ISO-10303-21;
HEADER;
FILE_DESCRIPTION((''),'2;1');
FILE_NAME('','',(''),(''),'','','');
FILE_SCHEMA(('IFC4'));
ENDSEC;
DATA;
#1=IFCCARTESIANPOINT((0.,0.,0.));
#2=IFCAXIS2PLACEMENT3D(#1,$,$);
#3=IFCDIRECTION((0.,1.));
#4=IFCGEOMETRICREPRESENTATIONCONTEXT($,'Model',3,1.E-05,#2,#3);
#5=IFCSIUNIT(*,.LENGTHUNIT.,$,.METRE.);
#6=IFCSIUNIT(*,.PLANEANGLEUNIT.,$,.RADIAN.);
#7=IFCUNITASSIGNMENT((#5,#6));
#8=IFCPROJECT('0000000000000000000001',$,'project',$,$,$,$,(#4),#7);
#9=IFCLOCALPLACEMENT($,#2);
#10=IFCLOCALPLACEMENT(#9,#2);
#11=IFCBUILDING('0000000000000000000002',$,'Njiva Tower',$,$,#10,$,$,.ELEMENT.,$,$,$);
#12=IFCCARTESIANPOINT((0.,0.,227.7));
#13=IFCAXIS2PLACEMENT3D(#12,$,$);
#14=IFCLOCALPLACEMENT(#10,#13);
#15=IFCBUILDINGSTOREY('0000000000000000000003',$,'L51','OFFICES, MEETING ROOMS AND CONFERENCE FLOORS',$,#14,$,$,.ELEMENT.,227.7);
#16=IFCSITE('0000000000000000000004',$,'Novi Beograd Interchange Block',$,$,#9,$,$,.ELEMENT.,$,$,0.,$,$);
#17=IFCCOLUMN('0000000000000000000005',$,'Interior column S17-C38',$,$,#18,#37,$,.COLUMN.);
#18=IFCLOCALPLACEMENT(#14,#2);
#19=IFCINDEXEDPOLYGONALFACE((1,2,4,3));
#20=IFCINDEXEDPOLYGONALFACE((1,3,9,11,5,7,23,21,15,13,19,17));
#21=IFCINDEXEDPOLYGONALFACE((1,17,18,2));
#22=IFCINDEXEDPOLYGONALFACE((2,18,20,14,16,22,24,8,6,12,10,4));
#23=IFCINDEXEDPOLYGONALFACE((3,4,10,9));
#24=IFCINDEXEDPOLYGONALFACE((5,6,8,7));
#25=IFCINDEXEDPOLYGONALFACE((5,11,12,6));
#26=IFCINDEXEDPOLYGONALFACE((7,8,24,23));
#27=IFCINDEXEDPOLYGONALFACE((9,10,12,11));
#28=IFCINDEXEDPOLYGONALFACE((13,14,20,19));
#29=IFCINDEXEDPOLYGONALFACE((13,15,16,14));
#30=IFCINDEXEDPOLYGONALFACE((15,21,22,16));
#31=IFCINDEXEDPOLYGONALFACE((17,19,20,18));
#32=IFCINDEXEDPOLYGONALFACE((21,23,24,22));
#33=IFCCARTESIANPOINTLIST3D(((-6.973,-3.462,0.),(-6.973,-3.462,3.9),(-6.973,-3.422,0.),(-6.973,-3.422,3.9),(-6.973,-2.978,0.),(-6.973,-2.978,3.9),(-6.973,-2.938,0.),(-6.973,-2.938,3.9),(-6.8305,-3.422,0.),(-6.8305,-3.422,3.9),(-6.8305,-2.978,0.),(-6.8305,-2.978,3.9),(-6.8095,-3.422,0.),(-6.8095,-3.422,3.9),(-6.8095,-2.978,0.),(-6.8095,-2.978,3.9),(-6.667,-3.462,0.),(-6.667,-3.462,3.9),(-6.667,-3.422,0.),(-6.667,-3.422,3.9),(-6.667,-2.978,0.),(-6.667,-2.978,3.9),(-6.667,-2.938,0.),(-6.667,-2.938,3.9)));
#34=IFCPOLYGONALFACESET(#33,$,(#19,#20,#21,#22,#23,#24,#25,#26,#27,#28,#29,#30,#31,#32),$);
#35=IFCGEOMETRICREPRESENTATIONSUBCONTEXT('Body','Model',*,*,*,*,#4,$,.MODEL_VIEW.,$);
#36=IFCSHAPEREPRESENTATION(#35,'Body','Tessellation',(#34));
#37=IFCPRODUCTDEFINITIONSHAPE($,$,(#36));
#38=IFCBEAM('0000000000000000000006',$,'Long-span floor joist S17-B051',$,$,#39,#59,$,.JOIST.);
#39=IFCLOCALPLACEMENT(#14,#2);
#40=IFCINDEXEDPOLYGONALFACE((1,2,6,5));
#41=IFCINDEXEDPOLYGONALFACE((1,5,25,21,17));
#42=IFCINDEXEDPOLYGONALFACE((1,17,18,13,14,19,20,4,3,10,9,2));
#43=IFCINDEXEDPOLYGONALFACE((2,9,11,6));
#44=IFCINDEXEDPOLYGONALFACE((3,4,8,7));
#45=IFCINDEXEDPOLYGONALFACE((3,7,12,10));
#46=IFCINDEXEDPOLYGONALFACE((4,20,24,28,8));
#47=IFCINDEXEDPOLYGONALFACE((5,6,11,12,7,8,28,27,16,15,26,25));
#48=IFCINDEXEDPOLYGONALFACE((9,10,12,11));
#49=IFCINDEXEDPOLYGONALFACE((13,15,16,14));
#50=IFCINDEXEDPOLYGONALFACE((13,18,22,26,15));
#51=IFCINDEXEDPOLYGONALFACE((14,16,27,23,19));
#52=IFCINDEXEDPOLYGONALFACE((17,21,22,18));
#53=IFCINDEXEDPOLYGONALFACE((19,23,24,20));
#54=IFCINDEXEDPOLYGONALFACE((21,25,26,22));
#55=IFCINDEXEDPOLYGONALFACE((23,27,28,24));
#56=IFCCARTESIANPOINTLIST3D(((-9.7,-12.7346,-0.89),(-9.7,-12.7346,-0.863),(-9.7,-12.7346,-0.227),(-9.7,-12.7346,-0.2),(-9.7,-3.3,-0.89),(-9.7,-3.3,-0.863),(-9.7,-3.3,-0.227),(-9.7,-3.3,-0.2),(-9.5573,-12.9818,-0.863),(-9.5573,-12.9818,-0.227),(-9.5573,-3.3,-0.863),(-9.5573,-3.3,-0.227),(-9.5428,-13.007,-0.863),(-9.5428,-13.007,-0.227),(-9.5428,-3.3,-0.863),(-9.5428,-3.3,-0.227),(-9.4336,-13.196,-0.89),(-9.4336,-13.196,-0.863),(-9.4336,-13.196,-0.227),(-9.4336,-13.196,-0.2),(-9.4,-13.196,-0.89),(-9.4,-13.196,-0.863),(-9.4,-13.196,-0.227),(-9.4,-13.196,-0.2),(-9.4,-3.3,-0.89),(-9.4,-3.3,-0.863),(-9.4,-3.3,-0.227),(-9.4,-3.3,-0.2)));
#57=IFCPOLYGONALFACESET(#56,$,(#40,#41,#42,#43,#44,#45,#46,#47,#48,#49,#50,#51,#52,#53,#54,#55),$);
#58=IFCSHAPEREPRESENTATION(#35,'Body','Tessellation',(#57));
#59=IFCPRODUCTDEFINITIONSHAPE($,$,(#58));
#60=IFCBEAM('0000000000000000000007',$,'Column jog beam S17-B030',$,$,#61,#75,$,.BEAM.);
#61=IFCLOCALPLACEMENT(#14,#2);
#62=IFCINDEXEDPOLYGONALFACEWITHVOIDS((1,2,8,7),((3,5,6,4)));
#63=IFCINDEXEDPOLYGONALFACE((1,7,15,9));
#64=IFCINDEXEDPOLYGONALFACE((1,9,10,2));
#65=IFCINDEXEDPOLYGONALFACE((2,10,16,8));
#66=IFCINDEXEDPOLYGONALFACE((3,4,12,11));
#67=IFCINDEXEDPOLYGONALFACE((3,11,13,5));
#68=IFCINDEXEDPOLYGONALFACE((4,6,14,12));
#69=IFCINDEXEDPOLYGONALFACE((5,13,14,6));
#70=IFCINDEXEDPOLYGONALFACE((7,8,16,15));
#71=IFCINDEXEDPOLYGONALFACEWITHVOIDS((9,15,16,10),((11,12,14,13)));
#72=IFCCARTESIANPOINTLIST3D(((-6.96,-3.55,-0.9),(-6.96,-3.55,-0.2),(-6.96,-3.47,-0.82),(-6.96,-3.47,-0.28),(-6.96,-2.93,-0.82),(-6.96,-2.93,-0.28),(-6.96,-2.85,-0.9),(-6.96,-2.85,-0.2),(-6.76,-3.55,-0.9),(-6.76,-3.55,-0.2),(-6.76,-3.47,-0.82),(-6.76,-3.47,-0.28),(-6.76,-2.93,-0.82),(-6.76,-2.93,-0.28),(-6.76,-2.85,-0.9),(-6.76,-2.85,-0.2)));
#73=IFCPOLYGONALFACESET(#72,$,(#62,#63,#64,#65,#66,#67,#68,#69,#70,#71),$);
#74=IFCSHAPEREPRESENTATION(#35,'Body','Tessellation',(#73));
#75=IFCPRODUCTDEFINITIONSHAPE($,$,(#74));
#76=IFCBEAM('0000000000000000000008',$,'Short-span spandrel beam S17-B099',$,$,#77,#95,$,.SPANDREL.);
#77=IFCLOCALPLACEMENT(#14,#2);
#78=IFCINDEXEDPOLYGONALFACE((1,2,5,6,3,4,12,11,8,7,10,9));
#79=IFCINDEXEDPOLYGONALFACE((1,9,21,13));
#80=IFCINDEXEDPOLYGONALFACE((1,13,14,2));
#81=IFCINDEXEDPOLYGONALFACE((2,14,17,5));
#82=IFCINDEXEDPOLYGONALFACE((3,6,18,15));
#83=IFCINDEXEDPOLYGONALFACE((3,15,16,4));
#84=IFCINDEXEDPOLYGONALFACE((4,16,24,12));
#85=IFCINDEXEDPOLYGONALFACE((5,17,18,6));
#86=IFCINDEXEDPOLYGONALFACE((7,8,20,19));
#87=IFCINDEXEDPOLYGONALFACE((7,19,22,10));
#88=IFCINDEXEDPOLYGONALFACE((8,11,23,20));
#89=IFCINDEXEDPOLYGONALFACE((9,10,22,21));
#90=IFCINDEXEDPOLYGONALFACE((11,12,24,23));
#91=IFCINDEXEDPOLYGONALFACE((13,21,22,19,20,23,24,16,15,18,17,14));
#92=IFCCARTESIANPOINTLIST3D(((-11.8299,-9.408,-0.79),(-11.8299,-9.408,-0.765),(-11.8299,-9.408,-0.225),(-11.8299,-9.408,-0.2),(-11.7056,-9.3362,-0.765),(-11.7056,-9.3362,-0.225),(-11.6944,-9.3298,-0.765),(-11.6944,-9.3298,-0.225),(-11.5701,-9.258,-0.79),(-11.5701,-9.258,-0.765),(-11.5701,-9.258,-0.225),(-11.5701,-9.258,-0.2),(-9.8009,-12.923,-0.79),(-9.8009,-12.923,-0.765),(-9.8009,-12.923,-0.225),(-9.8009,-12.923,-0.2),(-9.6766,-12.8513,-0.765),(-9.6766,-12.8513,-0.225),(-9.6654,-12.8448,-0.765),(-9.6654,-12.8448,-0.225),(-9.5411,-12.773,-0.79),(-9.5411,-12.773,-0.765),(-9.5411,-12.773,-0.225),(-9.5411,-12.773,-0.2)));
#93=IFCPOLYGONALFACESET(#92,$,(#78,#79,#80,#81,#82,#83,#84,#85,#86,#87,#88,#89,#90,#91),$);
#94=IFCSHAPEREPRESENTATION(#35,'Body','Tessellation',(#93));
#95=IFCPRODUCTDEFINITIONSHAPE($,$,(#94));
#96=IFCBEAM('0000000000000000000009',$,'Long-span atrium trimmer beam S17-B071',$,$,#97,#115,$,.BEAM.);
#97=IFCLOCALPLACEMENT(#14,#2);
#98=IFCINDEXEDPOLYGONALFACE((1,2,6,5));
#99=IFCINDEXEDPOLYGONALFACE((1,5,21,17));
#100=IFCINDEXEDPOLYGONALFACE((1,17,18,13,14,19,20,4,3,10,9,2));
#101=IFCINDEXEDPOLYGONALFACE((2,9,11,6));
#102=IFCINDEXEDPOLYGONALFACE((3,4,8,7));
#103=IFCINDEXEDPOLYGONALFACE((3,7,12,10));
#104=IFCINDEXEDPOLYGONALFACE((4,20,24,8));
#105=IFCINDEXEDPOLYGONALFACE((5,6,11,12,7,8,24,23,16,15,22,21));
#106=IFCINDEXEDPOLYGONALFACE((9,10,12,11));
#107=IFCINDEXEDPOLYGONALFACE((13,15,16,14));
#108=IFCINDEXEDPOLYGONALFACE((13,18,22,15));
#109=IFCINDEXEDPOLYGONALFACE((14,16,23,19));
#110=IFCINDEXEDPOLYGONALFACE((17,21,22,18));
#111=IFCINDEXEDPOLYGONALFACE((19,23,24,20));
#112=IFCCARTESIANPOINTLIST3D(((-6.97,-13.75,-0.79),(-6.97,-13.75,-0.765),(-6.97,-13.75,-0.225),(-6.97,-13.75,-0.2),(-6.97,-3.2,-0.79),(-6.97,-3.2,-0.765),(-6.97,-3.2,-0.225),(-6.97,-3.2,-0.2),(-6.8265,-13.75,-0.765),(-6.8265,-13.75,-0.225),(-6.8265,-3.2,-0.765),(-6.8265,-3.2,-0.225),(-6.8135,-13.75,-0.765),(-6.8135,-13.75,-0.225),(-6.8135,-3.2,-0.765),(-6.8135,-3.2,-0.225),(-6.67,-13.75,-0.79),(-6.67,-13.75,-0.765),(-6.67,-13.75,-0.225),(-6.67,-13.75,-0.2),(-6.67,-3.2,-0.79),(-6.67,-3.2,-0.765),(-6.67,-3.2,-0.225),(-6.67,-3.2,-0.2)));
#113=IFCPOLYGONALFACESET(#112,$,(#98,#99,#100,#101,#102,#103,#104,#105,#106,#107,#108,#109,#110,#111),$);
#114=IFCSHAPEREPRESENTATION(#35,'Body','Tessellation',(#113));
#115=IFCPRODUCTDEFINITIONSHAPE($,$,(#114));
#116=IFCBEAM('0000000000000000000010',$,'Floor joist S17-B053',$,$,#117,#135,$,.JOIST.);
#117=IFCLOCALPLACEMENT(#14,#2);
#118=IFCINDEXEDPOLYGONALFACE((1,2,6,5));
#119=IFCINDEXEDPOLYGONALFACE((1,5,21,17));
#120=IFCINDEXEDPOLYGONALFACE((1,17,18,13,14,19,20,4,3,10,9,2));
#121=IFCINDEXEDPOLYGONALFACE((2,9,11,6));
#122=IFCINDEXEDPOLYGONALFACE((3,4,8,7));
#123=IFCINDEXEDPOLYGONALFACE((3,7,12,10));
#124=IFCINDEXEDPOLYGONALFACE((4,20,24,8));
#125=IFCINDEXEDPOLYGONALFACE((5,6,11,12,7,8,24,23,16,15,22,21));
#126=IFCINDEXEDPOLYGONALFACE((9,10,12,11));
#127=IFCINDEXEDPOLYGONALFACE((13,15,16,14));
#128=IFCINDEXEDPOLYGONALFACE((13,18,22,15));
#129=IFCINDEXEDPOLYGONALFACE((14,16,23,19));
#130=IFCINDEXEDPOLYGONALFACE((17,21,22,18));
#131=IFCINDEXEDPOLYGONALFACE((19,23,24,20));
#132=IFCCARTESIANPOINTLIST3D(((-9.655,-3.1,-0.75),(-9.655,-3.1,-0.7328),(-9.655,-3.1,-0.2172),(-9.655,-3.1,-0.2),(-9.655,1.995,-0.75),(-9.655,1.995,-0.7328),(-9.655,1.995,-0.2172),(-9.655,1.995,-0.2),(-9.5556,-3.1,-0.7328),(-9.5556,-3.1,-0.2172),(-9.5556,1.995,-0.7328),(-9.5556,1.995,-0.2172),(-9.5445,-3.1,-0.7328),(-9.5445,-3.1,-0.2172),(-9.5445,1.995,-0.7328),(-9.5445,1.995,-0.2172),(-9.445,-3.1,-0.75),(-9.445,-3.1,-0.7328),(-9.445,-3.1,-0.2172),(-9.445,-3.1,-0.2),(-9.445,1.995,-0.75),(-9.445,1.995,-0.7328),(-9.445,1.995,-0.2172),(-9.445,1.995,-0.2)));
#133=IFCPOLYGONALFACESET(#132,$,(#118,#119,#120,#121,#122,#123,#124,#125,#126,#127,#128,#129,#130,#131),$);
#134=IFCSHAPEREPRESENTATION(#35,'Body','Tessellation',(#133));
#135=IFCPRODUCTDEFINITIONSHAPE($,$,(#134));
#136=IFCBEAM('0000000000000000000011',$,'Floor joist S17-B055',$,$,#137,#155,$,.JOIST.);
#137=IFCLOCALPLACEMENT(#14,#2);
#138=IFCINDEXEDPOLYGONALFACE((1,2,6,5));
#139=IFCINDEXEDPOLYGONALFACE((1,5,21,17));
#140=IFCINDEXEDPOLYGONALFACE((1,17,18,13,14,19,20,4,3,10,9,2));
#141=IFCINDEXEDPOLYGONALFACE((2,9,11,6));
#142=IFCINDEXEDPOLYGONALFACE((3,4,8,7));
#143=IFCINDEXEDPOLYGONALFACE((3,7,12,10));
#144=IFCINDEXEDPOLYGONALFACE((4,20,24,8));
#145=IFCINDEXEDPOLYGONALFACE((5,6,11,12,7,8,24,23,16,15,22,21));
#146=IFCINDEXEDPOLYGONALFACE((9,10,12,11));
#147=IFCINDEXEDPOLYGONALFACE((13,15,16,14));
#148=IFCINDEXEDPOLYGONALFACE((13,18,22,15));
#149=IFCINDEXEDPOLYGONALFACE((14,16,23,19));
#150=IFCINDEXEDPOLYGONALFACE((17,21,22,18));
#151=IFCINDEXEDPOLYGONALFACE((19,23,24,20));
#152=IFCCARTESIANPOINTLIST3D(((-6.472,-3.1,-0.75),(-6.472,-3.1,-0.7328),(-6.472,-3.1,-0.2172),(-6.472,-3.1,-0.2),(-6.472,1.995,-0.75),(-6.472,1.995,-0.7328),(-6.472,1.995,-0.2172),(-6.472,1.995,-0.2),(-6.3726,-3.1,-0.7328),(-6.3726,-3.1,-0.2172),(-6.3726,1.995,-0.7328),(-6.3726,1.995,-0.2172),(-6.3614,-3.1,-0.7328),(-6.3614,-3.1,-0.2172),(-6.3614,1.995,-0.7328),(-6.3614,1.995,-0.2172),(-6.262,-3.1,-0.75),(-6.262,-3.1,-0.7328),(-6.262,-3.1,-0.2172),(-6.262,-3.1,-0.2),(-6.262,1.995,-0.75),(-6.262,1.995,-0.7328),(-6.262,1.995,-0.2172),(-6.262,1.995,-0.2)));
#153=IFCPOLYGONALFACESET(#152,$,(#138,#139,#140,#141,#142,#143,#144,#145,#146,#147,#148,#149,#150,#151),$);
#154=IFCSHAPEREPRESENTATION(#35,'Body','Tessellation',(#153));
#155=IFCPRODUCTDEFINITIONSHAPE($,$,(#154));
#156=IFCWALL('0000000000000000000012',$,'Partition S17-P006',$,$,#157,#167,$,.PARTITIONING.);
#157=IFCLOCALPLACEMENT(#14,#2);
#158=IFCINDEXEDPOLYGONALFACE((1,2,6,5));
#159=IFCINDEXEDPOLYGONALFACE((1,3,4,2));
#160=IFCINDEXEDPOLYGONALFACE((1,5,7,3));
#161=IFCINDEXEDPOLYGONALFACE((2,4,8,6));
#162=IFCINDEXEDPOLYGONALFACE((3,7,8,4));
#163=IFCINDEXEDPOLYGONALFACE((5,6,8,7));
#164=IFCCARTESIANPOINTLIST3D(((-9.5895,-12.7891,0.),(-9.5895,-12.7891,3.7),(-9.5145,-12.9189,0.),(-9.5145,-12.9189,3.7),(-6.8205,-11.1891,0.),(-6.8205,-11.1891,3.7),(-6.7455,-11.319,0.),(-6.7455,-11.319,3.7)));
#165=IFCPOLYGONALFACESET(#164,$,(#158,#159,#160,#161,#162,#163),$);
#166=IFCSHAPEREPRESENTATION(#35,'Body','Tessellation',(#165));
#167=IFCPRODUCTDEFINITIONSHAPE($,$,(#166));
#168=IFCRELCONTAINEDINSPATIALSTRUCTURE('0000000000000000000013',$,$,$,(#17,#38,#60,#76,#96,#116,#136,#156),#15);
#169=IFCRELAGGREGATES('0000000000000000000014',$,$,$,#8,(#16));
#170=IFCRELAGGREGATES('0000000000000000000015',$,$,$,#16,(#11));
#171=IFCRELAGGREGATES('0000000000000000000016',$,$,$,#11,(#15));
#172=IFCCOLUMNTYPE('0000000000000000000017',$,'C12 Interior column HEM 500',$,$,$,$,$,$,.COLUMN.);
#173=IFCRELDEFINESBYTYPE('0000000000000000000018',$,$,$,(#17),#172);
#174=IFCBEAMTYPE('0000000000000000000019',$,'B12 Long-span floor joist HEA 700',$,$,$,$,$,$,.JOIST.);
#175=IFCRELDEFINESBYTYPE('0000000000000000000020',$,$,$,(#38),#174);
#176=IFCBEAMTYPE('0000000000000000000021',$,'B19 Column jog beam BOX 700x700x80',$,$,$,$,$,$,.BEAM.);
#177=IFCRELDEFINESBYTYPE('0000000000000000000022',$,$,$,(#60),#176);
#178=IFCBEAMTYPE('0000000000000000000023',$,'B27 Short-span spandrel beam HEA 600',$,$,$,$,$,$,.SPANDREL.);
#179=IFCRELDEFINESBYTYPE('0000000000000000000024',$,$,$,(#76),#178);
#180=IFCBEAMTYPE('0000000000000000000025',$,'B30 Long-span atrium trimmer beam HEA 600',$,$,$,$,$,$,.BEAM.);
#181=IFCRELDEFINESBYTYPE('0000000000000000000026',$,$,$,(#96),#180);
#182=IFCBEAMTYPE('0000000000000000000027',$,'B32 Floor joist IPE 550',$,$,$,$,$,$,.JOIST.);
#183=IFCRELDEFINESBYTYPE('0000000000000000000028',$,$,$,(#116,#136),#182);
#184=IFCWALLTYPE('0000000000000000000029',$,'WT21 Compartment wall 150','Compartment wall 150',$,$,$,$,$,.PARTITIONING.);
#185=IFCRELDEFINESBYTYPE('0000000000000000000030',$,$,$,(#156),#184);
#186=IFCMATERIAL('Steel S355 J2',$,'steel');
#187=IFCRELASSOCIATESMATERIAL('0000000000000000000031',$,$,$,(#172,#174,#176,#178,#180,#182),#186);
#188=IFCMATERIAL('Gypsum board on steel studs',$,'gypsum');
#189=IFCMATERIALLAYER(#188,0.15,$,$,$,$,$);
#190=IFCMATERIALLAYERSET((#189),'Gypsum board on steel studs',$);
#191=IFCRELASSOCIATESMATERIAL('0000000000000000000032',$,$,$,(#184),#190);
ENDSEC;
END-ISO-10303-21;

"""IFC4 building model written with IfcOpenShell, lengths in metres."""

from ifc_helpers import new_model, si_unit, direction, frame, frame_2d, origin, origin_2d, place, context, subcontext, project, spatial, rectangle, hollow_rectangle, i_section, extrude, clip, halfspace, material, layer, layer_set, material_profile, profile_set, type_object, element, save


model = new_model("IFC4")

# Units and contexts
model_context = context("Model", 3, precision=1e-05, world=origin(), true_north=direction((0.0, 1.0)))
body_context = subcontext(model_context, "Body", "Model", "MODEL_VIEW")
ifc_project = project(units=[si_unit("LENGTHUNIT", "METRE"), si_unit("PLANEANGLEUNIT", "RADIAN")], contexts=[model_context])

# Site, building, storey
site_placement = place(None, origin())
site = spatial("IfcSite", under=ifc_project, at=site_placement, Name="Novi Beograd Interchange Block", CompositionType="ELEMENT", RefElevation=0.0)
building_placement = place(site_placement, origin())
building = spatial("IfcBuilding", under=site, at=building_placement, Name="Njiva Tower", CompositionType="ELEMENT")
storey_placement = place(building_placement, frame((0.0, 0.0, 227.7)))
storey = spatial("IfcBuildingStorey", under=building, at=storey_placement, Name="L51", Description="OFFICES, MEETING ROOMS AND CONFERENCE FLOORS", CompositionType="ELEMENT", Elevation=227.7)

# Column
ifc_material_1 = material(Name="Steel S355 J2", Category="steel")
ifc_material_profile_1 = material_profile(ifc_material_1, i_section(OverallWidth=0.306, OverallDepth=0.524, WebThickness=0.021, FlangeThickness=0.04, at=origin_2d()), Name="HEM 500")
ifc_profile_set_1 = profile_set([ifc_material_profile_1], Name="Steel S355 J2")
column_type = type_object("IfcColumnType", Name="C12 Interior column HEM 500", PredefinedType="COLUMN", material=ifc_profile_set_1)
column_placement = place(storey_placement, frame((-6.82, -3.2, 0.0), z_axis=(0.0, 0.0, 1.0), x_axis=(1.0, 0.0, 0.0)))
element("IfcColumn", 1, at=column_placement, inside=storey, type_object=column_type, Name="Interior column S17-C38", PredefinedType="COLUMN", context=body_context, shape_type="SweptSolid", body=[
    extrude(i_section(OverallWidth=0.306, OverallDepth=0.524, WebThickness=0.021, FlangeThickness=0.04, at=origin_2d()), origin(), (0.0, 0.0, 1.0), 3.9),
])

# Beams
ifc_material_profile_2 = material_profile(ifc_material_1, i_section(OverallWidth=0.3, OverallDepth=0.69, WebThickness=0.0145, FlangeThickness=0.027, at=origin_2d()), Name="HEA 700")
ifc_profile_set_2 = profile_set([ifc_material_profile_2], Name="Steel S355 J2")
beam_type_1 = type_object("IfcBeamType", Name="B12 Long-span floor joist HEA 700", PredefinedType="JOIST", material=ifc_profile_set_2)
beam_1_placement = place(storey_placement, frame((-9.55, -3.3, -0.545), z_axis=(0.0, -1.0, 0.0), x_axis=(1.0, 0.0, 0.0)))
element("IfcBeam", 2, at=beam_1_placement, inside=storey, type_object=beam_type_1, Name="Long-span floor joist S17-B051", PredefinedType="JOIST", context=body_context, shape_type="Clipping", body=[
    clip(extrude(i_section(OverallWidth=0.3, OverallDepth=0.69, WebThickness=0.0145, FlangeThickness=0.027, at=origin_2d()), origin(), (0.0, 0.0, 1.0), 9.896), halfspace(frame((-0.0433, 0.0, 9.6194), z_axis=(-0.866027, 0.0, 0.499998), x_axis=(0.0, 1.0, 0.0)), False)),
])
ifc_material_profile_3 = material_profile(ifc_material_1, hollow_rectangle(XDim=0.7, YDim=0.7, WallThickness=0.08, at=origin_2d()), Name="BOX 700x700x80")
ifc_profile_set_3 = profile_set([ifc_material_profile_3], Name="Steel S355 J2")
beam_type_2 = type_object("IfcBeamType", Name="B19 Column jog beam BOX 700x700x80", PredefinedType="BEAM", material=ifc_profile_set_3)
beam_2_placement = place(storey_placement, frame((-6.96, -3.2, -0.55), z_axis=(1.0, 0.0, 0.0), x_axis=(0.0, 1.0, 0.0)))
element("IfcBeam", 3, at=beam_2_placement, inside=storey, type_object=beam_type_2, Name="Column jog beam S17-B030", PredefinedType="BEAM", context=body_context, shape_type="SweptSolid", body=[
    extrude(hollow_rectangle(XDim=0.7, YDim=0.7, WallThickness=0.08, at=origin_2d()), origin(), (0.0, 0.0, 1.0), 0.2),
])
ifc_material_profile_4 = material_profile(ifc_material_1, i_section(OverallWidth=0.3, OverallDepth=0.59, WebThickness=0.013, FlangeThickness=0.025, at=origin_2d()), Name="HEA 600")
ifc_profile_set_4 = profile_set([ifc_material_profile_4], Name="Steel S355 J2")
beam_type_3 = type_object("IfcBeamType", Name="B27 Short-span spandrel beam HEA 600", PredefinedType="SPANDREL", material=ifc_profile_set_4)
beam_3_placement = place(storey_placement, frame((-11.7, -9.333, -0.495), z_axis=(0.499929, -0.866067, 0.0), x_axis=(0.866067, 0.499929, 0.0)))
element("IfcBeam", 4, at=beam_3_placement, inside=storey, type_object=beam_type_3, Name="Short-span spandrel beam S17-B099", PredefinedType="SPANDREL", context=body_context, shape_type="SweptSolid", body=[
    extrude(i_section(OverallWidth=0.3, OverallDepth=0.59, WebThickness=0.013, FlangeThickness=0.025, at=origin_2d()), origin(), (0.0, 0.0, 1.0), 4.0586),
])
ifc_material_profile_5 = material_profile(ifc_material_1, i_section(OverallWidth=0.3, OverallDepth=0.59, WebThickness=0.013, FlangeThickness=0.025, at=origin_2d()), Name="HEA 600")
ifc_profile_set_5 = profile_set([ifc_material_profile_5], Name="Steel S355 J2")
beam_type_4 = type_object("IfcBeamType", Name="B30 Long-span atrium trimmer beam HEA 600", PredefinedType="BEAM", material=ifc_profile_set_5)
beam_4_placement = place(storey_placement, frame((-6.82, -3.2, -0.495), z_axis=(0.0, -1.0, 0.0), x_axis=(1.0, 0.0, 0.0)))
element("IfcBeam", 5, at=beam_4_placement, inside=storey, type_object=beam_type_4, Name="Long-span atrium trimmer beam S17-B071", PredefinedType="BEAM", context=body_context, shape_type="SweptSolid", body=[
    extrude(i_section(OverallWidth=0.3, OverallDepth=0.59, WebThickness=0.013, FlangeThickness=0.025, at=origin_2d()), origin(), (0.0, 0.0, 1.0), 10.55),
])
ifc_material_profile_6 = material_profile(ifc_material_1, i_section(OverallWidth=0.21, OverallDepth=0.55, WebThickness=0.0111, FlangeThickness=0.0172, at=origin_2d()), Name="IPE 550")
ifc_profile_set_6 = profile_set([ifc_material_profile_6], Name="Steel S355 J2")
beam_type_5 = type_object("IfcBeamType", Name="B32 Floor joist IPE 550", PredefinedType="JOIST", material=ifc_profile_set_6)
for number, where, z_axis, x_axis, name in (
    (6, (-9.55, 1.995, -0.475), (0.0, -1.0, 0.0), (1.0, 0.0, 0.0), "Floor joist S17-B053"),
    (7, (-6.367, 1.995, -0.475), (0.0, -1.0, 0.0), (1.0, 0.0, 0.0), "Floor joist S17-B055"),
):
    element("IfcBeam", number, at=place(storey_placement, frame(where, z_axis=z_axis, x_axis=x_axis)), inside=storey, type_object=beam_type_5, Name=name, PredefinedType="JOIST", context=body_context, shape_type="SweptSolid", body=[
        extrude(i_section(OverallWidth=0.21, OverallDepth=0.55, WebThickness=0.0111, FlangeThickness=0.0172, at=origin_2d()), origin(), (0.0, 0.0, 1.0), 5.095),
    ])

# Wall
ifc_material_2 = material(Name="Gypsum board on steel studs", Category="gypsum")
ifc_layer_1 = layer(ifc_material_2, 0.15)
ifc_layer_set_1 = layer_set([ifc_layer_1], Name="Gypsum board on steel studs")
wall_type_1 = type_object("IfcWallType", Name="WT21 Compartment wall 150", Description="Compartment wall 150", PredefinedType="PARTITIONING", material=ifc_layer_set_1)
wall_1_placement = place(storey_placement, frame((-9.552, -12.854, 0.0), z_axis=(0.0, 0.0, 1.0), x_axis=(0.865847, 0.500309, 0.0)))
element("IfcWall", 8, at=wall_1_placement, inside=storey, type_object=wall_type_1, Name="Partition S17-P006", PredefinedType="PARTITIONING", context=body_context, shape_type="SweptSolid", body=[
    extrude(rectangle(XDim=3.198, YDim=0.15, at=frame_2d((1.599, 0.0))), origin(), (0.0, 0.0, 1.0), 3.7),
])

save(model, "model.ifc")
